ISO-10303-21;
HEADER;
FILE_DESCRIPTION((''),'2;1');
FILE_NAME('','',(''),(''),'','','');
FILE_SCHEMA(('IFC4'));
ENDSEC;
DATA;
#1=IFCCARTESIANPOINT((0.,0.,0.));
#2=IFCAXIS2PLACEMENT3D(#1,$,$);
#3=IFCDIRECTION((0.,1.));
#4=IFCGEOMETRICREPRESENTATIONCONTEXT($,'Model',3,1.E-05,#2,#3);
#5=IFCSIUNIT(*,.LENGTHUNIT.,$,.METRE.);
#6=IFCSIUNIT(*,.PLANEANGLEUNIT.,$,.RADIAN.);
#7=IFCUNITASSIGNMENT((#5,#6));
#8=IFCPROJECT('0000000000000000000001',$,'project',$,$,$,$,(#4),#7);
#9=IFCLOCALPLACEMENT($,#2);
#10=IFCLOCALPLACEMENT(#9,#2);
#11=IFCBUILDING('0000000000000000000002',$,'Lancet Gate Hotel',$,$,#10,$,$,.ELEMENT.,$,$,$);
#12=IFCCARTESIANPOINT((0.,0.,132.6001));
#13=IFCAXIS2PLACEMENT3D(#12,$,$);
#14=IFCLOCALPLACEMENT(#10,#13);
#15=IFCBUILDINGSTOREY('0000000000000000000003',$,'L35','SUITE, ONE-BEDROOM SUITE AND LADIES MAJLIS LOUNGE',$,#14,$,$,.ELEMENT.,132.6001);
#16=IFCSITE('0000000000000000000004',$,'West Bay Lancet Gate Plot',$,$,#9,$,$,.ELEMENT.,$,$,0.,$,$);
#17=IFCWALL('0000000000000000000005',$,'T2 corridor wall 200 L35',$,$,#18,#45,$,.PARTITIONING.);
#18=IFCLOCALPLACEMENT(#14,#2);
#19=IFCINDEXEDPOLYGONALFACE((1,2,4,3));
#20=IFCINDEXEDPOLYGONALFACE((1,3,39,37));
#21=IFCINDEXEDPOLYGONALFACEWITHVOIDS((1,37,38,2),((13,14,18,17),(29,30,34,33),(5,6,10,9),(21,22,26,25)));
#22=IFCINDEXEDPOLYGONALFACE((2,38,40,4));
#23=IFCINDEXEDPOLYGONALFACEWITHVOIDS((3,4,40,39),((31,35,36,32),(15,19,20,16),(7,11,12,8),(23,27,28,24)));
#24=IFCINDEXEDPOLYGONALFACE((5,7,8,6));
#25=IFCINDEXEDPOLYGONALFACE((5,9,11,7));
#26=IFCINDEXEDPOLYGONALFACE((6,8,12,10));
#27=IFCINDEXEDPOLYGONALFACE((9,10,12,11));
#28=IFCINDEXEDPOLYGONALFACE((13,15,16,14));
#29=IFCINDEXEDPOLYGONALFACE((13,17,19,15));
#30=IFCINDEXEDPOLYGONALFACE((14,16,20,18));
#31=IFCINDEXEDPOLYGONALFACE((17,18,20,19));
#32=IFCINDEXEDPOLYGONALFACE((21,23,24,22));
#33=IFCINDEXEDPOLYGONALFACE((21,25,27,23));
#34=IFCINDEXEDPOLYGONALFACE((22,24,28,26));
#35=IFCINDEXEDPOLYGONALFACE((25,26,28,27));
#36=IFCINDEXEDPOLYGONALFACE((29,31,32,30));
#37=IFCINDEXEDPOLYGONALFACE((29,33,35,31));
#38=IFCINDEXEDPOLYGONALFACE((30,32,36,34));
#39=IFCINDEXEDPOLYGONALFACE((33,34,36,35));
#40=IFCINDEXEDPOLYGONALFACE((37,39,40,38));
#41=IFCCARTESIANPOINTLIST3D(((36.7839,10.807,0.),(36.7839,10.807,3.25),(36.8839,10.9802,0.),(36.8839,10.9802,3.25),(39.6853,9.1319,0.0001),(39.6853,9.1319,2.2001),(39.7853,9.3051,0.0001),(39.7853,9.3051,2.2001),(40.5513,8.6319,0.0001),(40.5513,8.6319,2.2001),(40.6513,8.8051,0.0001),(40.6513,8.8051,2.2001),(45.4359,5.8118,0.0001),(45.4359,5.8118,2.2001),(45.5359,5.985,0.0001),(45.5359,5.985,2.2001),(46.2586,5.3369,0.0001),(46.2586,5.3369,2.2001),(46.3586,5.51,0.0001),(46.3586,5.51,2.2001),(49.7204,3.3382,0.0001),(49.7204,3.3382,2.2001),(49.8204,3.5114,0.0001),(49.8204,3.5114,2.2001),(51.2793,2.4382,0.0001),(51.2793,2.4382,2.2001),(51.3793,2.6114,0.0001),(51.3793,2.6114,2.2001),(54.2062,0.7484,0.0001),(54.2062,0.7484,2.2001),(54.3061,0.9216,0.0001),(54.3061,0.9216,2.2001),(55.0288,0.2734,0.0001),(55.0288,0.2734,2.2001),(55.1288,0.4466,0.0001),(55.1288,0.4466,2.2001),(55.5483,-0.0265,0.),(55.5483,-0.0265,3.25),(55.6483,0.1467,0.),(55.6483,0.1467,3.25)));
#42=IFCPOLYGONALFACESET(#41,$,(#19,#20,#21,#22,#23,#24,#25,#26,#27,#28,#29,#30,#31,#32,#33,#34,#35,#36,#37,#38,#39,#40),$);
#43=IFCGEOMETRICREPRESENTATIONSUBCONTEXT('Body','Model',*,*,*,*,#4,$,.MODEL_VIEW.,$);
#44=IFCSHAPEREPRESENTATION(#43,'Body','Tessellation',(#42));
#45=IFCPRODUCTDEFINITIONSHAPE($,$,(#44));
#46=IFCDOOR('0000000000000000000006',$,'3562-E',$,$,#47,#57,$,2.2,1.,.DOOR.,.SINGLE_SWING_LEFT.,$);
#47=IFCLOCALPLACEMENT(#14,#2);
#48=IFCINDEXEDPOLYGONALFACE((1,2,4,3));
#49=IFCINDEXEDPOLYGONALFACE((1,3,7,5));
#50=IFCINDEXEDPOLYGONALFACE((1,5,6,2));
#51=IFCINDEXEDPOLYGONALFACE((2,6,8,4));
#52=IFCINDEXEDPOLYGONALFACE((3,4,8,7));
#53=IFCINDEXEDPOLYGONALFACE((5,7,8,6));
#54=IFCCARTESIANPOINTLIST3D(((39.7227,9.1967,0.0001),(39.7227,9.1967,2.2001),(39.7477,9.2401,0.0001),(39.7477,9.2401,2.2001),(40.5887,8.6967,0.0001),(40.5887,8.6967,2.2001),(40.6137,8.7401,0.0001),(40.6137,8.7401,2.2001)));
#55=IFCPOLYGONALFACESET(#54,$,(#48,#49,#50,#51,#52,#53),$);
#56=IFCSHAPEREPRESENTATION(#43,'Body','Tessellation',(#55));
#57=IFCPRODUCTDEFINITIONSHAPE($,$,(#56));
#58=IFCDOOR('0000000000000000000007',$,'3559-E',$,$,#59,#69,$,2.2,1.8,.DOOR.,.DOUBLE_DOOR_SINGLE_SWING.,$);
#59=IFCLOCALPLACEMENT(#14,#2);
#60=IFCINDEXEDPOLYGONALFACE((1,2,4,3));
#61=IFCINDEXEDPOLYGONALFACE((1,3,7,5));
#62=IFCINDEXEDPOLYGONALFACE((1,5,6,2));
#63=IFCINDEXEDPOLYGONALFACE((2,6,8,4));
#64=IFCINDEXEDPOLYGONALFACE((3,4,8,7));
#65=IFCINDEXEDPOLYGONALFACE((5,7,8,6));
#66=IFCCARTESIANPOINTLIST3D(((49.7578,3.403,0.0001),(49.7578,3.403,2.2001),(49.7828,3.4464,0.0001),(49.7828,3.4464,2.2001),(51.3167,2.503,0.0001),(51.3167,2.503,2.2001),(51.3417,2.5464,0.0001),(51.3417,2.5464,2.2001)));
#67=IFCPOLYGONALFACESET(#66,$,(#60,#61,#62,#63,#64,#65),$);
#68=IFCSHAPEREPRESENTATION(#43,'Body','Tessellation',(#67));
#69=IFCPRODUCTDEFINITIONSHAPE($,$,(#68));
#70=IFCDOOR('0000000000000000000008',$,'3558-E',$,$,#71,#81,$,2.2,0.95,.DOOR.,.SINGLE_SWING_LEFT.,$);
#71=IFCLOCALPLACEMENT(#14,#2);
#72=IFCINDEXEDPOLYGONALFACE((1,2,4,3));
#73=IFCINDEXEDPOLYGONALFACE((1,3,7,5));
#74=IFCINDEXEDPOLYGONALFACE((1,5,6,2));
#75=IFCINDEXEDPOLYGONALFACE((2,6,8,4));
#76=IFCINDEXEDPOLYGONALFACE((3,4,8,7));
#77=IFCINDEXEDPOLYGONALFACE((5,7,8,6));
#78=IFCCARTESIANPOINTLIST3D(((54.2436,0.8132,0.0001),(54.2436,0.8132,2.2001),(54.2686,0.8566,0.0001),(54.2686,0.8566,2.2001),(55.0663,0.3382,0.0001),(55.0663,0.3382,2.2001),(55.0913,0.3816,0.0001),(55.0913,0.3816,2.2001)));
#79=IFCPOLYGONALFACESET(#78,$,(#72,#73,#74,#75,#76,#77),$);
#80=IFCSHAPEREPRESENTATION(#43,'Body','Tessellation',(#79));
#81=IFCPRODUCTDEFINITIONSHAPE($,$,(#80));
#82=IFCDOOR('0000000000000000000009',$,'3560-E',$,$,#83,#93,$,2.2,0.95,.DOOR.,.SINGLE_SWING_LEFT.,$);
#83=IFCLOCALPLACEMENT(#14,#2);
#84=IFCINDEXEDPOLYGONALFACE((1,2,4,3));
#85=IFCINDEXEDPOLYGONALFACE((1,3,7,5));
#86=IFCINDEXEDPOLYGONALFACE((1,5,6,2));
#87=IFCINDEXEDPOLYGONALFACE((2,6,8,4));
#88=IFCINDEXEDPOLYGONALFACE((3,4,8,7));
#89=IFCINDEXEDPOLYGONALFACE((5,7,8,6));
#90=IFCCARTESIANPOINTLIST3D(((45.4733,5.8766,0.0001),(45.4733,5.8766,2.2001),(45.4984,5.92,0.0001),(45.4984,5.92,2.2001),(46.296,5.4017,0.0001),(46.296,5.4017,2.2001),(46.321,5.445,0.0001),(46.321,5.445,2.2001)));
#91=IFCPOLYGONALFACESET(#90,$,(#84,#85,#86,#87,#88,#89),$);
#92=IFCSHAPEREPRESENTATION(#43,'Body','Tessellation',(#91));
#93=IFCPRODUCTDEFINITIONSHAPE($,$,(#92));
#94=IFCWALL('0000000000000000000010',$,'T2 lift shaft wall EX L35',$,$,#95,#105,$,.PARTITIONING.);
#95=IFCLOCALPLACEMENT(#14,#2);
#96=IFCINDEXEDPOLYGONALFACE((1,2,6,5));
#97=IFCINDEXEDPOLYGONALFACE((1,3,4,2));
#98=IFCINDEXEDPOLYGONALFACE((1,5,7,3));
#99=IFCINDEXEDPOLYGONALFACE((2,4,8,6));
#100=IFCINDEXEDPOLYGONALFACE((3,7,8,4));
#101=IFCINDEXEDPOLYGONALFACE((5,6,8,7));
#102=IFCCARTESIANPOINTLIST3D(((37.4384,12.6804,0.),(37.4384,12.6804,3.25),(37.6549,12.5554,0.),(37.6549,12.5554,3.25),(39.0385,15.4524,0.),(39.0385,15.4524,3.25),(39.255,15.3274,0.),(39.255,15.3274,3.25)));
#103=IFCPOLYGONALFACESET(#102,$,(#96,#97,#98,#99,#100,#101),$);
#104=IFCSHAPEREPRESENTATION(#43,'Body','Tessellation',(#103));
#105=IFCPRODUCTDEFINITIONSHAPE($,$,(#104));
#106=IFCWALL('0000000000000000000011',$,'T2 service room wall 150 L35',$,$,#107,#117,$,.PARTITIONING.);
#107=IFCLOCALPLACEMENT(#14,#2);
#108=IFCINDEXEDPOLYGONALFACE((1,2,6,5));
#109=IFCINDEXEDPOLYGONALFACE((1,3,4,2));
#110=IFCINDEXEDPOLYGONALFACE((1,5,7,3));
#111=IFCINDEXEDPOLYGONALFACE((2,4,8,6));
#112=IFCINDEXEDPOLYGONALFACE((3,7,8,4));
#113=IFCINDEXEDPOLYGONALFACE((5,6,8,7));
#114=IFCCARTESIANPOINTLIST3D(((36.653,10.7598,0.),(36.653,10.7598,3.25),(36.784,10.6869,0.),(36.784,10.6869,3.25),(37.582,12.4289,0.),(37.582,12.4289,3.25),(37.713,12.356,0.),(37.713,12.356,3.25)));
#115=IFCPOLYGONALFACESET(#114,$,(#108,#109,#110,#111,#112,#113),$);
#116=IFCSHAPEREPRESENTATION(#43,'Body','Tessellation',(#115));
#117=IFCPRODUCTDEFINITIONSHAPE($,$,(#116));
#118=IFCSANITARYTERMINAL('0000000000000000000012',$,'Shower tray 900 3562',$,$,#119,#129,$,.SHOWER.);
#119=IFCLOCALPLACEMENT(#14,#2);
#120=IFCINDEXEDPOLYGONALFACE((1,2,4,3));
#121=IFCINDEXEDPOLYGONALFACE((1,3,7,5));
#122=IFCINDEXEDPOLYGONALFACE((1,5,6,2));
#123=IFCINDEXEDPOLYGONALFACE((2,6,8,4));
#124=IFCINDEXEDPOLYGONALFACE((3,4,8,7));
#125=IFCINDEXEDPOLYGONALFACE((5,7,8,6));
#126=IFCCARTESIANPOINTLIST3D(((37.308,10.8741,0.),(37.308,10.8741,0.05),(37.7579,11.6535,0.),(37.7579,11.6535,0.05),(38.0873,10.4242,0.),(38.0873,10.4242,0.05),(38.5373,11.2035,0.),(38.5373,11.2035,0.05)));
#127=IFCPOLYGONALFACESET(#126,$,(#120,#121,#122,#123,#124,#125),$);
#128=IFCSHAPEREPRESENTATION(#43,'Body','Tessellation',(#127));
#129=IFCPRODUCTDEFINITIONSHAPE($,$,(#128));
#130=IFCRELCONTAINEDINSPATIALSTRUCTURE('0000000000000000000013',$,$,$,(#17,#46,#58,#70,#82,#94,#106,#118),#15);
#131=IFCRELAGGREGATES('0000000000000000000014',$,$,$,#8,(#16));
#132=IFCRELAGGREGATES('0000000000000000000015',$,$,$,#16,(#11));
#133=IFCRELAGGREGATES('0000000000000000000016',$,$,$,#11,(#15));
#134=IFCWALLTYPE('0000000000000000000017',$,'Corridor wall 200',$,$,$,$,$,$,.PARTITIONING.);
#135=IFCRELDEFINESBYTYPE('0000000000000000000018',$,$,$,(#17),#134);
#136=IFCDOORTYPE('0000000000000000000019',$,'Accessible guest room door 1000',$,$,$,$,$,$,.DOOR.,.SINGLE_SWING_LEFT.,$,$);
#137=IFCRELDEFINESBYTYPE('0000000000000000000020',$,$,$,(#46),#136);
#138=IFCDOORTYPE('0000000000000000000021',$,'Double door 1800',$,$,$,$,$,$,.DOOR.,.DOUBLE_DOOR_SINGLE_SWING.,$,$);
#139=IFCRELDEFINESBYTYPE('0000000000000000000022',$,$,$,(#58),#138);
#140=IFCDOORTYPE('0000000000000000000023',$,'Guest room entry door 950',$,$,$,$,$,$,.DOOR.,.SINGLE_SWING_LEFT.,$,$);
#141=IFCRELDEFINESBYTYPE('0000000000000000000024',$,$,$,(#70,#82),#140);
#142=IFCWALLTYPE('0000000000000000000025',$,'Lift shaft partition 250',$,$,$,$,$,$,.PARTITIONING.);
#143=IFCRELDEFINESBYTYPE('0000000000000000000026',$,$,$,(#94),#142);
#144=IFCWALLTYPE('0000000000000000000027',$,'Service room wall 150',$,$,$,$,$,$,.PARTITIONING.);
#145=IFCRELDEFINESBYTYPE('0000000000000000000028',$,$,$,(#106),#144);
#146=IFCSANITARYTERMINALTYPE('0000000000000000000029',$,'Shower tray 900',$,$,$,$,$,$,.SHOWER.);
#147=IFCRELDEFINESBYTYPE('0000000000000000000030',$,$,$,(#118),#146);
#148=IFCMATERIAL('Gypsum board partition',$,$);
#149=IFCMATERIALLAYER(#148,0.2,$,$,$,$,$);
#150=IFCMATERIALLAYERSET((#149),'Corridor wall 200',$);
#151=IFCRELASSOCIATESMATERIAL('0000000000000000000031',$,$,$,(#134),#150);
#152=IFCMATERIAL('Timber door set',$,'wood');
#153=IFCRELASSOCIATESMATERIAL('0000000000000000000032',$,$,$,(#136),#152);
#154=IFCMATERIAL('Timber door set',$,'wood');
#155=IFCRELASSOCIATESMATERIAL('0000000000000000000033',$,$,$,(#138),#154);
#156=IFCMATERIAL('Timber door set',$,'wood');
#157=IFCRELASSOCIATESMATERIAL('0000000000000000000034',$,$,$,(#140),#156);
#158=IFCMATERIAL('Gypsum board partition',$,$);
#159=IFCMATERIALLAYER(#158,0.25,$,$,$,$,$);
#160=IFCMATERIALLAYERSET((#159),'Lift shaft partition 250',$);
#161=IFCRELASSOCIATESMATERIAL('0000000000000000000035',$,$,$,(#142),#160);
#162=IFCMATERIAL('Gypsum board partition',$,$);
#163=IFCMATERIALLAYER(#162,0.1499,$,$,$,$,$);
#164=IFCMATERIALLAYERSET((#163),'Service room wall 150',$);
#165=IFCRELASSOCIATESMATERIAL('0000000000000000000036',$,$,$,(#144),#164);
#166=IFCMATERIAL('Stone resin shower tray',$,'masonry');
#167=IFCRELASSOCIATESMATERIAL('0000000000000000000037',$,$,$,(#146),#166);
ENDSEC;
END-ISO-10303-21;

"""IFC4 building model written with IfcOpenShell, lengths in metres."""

from ifc_helpers import new_model, si_unit, direction, frame, frame_2d, origin, origin_2d, place, context, subcontext, project, spatial, rectangle, extrude, material, layer, layer_set, type_object, element, fill, save


model = new_model("IFC4")

# Units and contexts
model_context = context("Model", 3, precision=1e-05, world=origin(), true_north=direction((0.0, 1.0)))
body_context = subcontext(model_context, "Body", "Model", "MODEL_VIEW")
ifc_project = project(units=[si_unit("LENGTHUNIT", "METRE"), si_unit("PLANEANGLEUNIT", "RADIAN")], contexts=[model_context])

# Site, building, storey
site_placement = place(None, origin())
site = spatial("IfcSite", under=ifc_project, at=site_placement, Name="West Bay Lancet Gate Plot", CompositionType="ELEMENT", RefElevation=0.0)
building_placement = place(site_placement, origin())
building = spatial("IfcBuilding", under=site, at=building_placement, Name="Lancet Gate Hotel", CompositionType="ELEMENT")
storey_placement = place(building_placement, frame((0.0, 0.0, 132.6001)))
storey = spatial("IfcBuildingStorey", under=building, at=storey_placement, Name="L35", Description="SUITE, ONE-BEDROOM SUITE AND LADIES MAJLIS LOUNGE", CompositionType="ELEMENT", Elevation=132.6001)

# Wall, openings, doors
ifc_material_1 = material(Name="Gypsum board partition")
ifc_layer_1 = layer(ifc_material_1, 0.2)
ifc_layer_set_1 = layer_set([ifc_layer_1], Name="Corridor wall 200")
wall_type_1 = type_object("IfcWallType", Name="Corridor wall 200", PredefinedType="PARTITIONING", material=ifc_layer_set_1)
wall_1_placement = place(storey_placement, frame((36.834, 10.8936, 0.0), z_axis=(0.0, 0.0, 1.0), x_axis=(0.866028, -0.499995, 0.0)))
wall_1 = element("IfcWall", 1, at=wall_1_placement, inside=storey, type_object=wall_type_1, Name="T2 corridor wall 200 L35", PredefinedType="PARTITIONING", context=body_context, shape_type="SweptSolid", body=[
    extrude(rectangle(XDim=21.6672, YDim=0.2, at=frame_2d((10.8335, 0.0))), origin(), (0.0, 0.0, 1.0), 3.25),
])
opening_1_placement = place(wall_1_placement, frame((20.1172, 0.0, 0.0)))
opening_1 = element("IfcOpeningElement", 2, at=opening_1_placement, cuts=wall_1, PredefinedType="OPENING", context=body_context, shape_type="SweptSolid", body=[
    extrude(rectangle(XDim=0.95, YDim=2.2, at=frame_2d((0.4751, 1.1001))), frame((0.0, 0.1099, 0.0), z_axis=(0.0, -1.0, 0.0), x_axis=(1.0, 0.0, 0.0)), (0.0, 0.0, 1.0), 0.22),
])
opening_2_placement = place(wall_1_placement, frame((14.9377, 0.0, 0.0)))
opening_2 = element("IfcOpeningElement", 3, at=opening_2_placement, cuts=wall_1, PredefinedType="OPENING", context=body_context, shape_type="SweptSolid", body=[
    extrude(rectangle(XDim=1.8, YDim=2.2, at=frame_2d((0.8999, 1.1001))), frame((0.0, 0.1099, 0.0), z_axis=(0.0, -1.0, 0.0), x_axis=(1.0, 0.0, 0.0)), (0.0, 0.0, 1.0), 0.22),
])
opening_3_placement = place(wall_1_placement, frame((9.9902, 0.0, 0.0)))
opening_3 = element("IfcOpeningElement", 4, at=opening_3_placement, cuts=wall_1, PredefinedType="OPENING", context=body_context, shape_type="SweptSolid", body=[
    extrude(rectangle(XDim=0.95, YDim=2.2, at=frame_2d((0.4751, 1.1001))), frame((0.0, 0.1099, 0.0), z_axis=(0.0, -1.0, 0.0), x_axis=(1.0, 0.0, 0.0)), (0.0, 0.0, 1.0), 0.22),
])
opening_4_placement = place(wall_1_placement, frame((3.3501, 0.0, 0.0)))
opening_4 = element("IfcOpeningElement", 5, at=opening_4_placement, cuts=wall_1, PredefinedType="OPENING", context=body_context, shape_type="SweptSolid", body=[
    extrude(rectangle(XDim=1.0, YDim=2.2, at=frame_2d((0.5, 1.1001))), frame((0.0, 0.1099, 0.0), z_axis=(0.0, -1.0, 0.0), x_axis=(1.0, 0.0, 0.0)), (0.0, 0.0, 1.0), 0.22),
])
ifc_material_2 = material(Name="Timber door set", Category="wood")
door_type_1 = type_object("IfcDoorType", Name="Accessible guest room door 1000", OperationType="SINGLE_SWING_LEFT", PredefinedType="DOOR", material=ifc_material_2)
door_1_placement = place(opening_4_placement, origin())
door_1 = element("IfcDoor", 6, at=door_1_placement, inside=storey, type_object=door_type_1, Name="3562-E", OperationType="SINGLE_SWING_LEFT", OverallHeight=2.2, OverallWidth=1.0, PredefinedType="DOOR", context=body_context, shape_type="SweptSolid", body=[
    extrude(rectangle(XDim=1.0, YDim=2.2, at=frame_2d((0.5, 1.1001))), frame((0.0, 0.0249, 0.0), z_axis=(0.0, -1.0, 0.0), x_axis=(1.0, 0.0, 0.0)), (0.0, 0.0, 1.0), 0.05),
])
fill(opening_4, door_1)
ifc_material_3 = material(Name="Timber door set", Category="wood")
door_type_2 = type_object("IfcDoorType", Name="Double door 1800", OperationType="DOUBLE_DOOR_SINGLE_SWING", PredefinedType="DOOR", material=ifc_material_3)
door_2_placement = place(opening_2_placement, origin())
door_2 = element("IfcDoor", 7, at=door_2_placement, inside=storey, type_object=door_type_2, Name="3559-E", OperationType="DOUBLE_DOOR_SINGLE_SWING", OverallHeight=2.2, OverallWidth=1.8, PredefinedType="DOOR", context=body_context, shape_type="SweptSolid", body=[
    extrude(rectangle(XDim=1.8, YDim=2.2, at=frame_2d((0.8999, 1.1001))), frame((0.0, 0.0249, 0.0), z_axis=(0.0, -1.0, 0.0), x_axis=(1.0, 0.0, 0.0)), (0.0, 0.0, 1.0), 0.05),
])
fill(opening_2, door_2)
ifc_material_4 = material(Name="Timber door set", Category="wood")
door_type_3 = type_object("IfcDoorType", Name="Guest room entry door 950", OperationType="SINGLE_SWING_LEFT", PredefinedType="DOOR", material=ifc_material_4)
door_3_placement = place(opening_1_placement, origin())
door_3 = element("IfcDoor", 8, at=door_3_placement, inside=storey, type_object=door_type_3, Name="3558-E", OperationType="SINGLE_SWING_LEFT", OverallHeight=2.2, OverallWidth=0.95, PredefinedType="DOOR", context=body_context, shape_type="SweptSolid", body=[
    extrude(rectangle(XDim=0.95, YDim=2.2, at=frame_2d((0.4751, 1.1001))), frame((0.0, 0.0249, 0.0), z_axis=(0.0, -1.0, 0.0), x_axis=(1.0, 0.0, 0.0)), (0.0, 0.0, 1.0), 0.05),
])
fill(opening_1, door_3)
door_4_placement = place(opening_3_placement, origin())
door_4 = element("IfcDoor", 9, at=door_4_placement, inside=storey, type_object=door_type_3, Name="3560-E", OperationType="SINGLE_SWING_LEFT", OverallHeight=2.2, OverallWidth=0.95, PredefinedType="DOOR", context=body_context, shape_type="SweptSolid", body=[
    extrude(rectangle(XDim=0.95, YDim=2.2, at=frame_2d((0.4751, 1.1001))), frame((0.0, 0.0249, 0.0), z_axis=(0.0, -1.0, 0.0), x_axis=(1.0, 0.0, 0.0)), (0.0, 0.0, 1.0), 0.05),
])
fill(opening_3, door_4)

# Walls
ifc_material_5 = material(Name="Gypsum board partition")
ifc_layer_2 = layer(ifc_material_5, 0.25)
ifc_layer_set_2 = layer_set([ifc_layer_2], Name="Lift shaft partition 250")
wall_type_2 = type_object("IfcWallType", Name="Lift shaft partition 250", PredefinedType="PARTITIONING", material=ifc_layer_set_2)
wall_2_placement = place(storey_placement, frame((37.5466, 12.6179, 0.0), z_axis=(0.0, 0.0, 1.0), x_axis=(0.499929, 0.866066, 0.0)))
element("IfcWall", 10, at=wall_2_placement, inside=storey, type_object=wall_type_2, Name="T2 lift shaft wall EX L35", PredefinedType="PARTITIONING", context=body_context, shape_type="SweptSolid", body=[
    extrude(rectangle(XDim=3.2007, YDim=0.25, at=frame_2d((1.6003, 0.0))), origin(), (0.0, 0.0, 1.0), 3.25),
])
ifc_material_6 = material(Name="Gypsum board partition")
ifc_layer_3 = layer(ifc_material_6, 0.1499)
ifc_layer_set_3 = layer_set([ifc_layer_3], Name="Service room wall 150")
wall_type_3 = type_object("IfcWallType", Name="Service room wall 150", PredefinedType="PARTITIONING", material=ifc_layer_set_3)
wall_3_placement = place(storey_placement, frame((36.7185, 10.7234, 0.0), z_axis=(0.0, 0.0, 1.0), x_axis=(0.486348, 0.873765, 0.0)))
element("IfcWall", 11, at=wall_3_placement, inside=storey, type_object=wall_type_3, Name="T2 service room wall 150 L35", PredefinedType="PARTITIONING", context=body_context, shape_type="SweptSolid", body=[
    extrude(rectangle(XDim=1.9102, YDim=0.1499, at=frame_2d((0.9551, 0.0))), origin(), (0.0, 0.0, 1.0), 3.25),
])

# Sanitary terminal
ifc_material_7 = material(Name="Stone resin shower tray", Category="masonry")
sanitary_terminal_type = type_object("IfcSanitaryTerminalType", Name="Shower tray 900", PredefinedType="SHOWER", material=ifc_material_7)
sanitary_terminal_placement = place(storey_placement, frame((37.9226, 11.0388, 0.0), z_axis=(0.0, 0.0, 1.0), x_axis=(-0.866025, 0.5, 0.0)))
element("IfcSanitaryTerminal", 12, at=sanitary_terminal_placement, inside=storey, type_object=sanitary_terminal_type, Name="Shower tray 900 3562", PredefinedType="SHOWER", context=body_context, shape_type="SweptSolid", body=[
    extrude(rectangle(XDim=0.8999, YDim=0.8999, at=origin_2d()), origin(), (0.0, 0.0, 1.0), 0.05),
])

save(model, "model.ifc")
